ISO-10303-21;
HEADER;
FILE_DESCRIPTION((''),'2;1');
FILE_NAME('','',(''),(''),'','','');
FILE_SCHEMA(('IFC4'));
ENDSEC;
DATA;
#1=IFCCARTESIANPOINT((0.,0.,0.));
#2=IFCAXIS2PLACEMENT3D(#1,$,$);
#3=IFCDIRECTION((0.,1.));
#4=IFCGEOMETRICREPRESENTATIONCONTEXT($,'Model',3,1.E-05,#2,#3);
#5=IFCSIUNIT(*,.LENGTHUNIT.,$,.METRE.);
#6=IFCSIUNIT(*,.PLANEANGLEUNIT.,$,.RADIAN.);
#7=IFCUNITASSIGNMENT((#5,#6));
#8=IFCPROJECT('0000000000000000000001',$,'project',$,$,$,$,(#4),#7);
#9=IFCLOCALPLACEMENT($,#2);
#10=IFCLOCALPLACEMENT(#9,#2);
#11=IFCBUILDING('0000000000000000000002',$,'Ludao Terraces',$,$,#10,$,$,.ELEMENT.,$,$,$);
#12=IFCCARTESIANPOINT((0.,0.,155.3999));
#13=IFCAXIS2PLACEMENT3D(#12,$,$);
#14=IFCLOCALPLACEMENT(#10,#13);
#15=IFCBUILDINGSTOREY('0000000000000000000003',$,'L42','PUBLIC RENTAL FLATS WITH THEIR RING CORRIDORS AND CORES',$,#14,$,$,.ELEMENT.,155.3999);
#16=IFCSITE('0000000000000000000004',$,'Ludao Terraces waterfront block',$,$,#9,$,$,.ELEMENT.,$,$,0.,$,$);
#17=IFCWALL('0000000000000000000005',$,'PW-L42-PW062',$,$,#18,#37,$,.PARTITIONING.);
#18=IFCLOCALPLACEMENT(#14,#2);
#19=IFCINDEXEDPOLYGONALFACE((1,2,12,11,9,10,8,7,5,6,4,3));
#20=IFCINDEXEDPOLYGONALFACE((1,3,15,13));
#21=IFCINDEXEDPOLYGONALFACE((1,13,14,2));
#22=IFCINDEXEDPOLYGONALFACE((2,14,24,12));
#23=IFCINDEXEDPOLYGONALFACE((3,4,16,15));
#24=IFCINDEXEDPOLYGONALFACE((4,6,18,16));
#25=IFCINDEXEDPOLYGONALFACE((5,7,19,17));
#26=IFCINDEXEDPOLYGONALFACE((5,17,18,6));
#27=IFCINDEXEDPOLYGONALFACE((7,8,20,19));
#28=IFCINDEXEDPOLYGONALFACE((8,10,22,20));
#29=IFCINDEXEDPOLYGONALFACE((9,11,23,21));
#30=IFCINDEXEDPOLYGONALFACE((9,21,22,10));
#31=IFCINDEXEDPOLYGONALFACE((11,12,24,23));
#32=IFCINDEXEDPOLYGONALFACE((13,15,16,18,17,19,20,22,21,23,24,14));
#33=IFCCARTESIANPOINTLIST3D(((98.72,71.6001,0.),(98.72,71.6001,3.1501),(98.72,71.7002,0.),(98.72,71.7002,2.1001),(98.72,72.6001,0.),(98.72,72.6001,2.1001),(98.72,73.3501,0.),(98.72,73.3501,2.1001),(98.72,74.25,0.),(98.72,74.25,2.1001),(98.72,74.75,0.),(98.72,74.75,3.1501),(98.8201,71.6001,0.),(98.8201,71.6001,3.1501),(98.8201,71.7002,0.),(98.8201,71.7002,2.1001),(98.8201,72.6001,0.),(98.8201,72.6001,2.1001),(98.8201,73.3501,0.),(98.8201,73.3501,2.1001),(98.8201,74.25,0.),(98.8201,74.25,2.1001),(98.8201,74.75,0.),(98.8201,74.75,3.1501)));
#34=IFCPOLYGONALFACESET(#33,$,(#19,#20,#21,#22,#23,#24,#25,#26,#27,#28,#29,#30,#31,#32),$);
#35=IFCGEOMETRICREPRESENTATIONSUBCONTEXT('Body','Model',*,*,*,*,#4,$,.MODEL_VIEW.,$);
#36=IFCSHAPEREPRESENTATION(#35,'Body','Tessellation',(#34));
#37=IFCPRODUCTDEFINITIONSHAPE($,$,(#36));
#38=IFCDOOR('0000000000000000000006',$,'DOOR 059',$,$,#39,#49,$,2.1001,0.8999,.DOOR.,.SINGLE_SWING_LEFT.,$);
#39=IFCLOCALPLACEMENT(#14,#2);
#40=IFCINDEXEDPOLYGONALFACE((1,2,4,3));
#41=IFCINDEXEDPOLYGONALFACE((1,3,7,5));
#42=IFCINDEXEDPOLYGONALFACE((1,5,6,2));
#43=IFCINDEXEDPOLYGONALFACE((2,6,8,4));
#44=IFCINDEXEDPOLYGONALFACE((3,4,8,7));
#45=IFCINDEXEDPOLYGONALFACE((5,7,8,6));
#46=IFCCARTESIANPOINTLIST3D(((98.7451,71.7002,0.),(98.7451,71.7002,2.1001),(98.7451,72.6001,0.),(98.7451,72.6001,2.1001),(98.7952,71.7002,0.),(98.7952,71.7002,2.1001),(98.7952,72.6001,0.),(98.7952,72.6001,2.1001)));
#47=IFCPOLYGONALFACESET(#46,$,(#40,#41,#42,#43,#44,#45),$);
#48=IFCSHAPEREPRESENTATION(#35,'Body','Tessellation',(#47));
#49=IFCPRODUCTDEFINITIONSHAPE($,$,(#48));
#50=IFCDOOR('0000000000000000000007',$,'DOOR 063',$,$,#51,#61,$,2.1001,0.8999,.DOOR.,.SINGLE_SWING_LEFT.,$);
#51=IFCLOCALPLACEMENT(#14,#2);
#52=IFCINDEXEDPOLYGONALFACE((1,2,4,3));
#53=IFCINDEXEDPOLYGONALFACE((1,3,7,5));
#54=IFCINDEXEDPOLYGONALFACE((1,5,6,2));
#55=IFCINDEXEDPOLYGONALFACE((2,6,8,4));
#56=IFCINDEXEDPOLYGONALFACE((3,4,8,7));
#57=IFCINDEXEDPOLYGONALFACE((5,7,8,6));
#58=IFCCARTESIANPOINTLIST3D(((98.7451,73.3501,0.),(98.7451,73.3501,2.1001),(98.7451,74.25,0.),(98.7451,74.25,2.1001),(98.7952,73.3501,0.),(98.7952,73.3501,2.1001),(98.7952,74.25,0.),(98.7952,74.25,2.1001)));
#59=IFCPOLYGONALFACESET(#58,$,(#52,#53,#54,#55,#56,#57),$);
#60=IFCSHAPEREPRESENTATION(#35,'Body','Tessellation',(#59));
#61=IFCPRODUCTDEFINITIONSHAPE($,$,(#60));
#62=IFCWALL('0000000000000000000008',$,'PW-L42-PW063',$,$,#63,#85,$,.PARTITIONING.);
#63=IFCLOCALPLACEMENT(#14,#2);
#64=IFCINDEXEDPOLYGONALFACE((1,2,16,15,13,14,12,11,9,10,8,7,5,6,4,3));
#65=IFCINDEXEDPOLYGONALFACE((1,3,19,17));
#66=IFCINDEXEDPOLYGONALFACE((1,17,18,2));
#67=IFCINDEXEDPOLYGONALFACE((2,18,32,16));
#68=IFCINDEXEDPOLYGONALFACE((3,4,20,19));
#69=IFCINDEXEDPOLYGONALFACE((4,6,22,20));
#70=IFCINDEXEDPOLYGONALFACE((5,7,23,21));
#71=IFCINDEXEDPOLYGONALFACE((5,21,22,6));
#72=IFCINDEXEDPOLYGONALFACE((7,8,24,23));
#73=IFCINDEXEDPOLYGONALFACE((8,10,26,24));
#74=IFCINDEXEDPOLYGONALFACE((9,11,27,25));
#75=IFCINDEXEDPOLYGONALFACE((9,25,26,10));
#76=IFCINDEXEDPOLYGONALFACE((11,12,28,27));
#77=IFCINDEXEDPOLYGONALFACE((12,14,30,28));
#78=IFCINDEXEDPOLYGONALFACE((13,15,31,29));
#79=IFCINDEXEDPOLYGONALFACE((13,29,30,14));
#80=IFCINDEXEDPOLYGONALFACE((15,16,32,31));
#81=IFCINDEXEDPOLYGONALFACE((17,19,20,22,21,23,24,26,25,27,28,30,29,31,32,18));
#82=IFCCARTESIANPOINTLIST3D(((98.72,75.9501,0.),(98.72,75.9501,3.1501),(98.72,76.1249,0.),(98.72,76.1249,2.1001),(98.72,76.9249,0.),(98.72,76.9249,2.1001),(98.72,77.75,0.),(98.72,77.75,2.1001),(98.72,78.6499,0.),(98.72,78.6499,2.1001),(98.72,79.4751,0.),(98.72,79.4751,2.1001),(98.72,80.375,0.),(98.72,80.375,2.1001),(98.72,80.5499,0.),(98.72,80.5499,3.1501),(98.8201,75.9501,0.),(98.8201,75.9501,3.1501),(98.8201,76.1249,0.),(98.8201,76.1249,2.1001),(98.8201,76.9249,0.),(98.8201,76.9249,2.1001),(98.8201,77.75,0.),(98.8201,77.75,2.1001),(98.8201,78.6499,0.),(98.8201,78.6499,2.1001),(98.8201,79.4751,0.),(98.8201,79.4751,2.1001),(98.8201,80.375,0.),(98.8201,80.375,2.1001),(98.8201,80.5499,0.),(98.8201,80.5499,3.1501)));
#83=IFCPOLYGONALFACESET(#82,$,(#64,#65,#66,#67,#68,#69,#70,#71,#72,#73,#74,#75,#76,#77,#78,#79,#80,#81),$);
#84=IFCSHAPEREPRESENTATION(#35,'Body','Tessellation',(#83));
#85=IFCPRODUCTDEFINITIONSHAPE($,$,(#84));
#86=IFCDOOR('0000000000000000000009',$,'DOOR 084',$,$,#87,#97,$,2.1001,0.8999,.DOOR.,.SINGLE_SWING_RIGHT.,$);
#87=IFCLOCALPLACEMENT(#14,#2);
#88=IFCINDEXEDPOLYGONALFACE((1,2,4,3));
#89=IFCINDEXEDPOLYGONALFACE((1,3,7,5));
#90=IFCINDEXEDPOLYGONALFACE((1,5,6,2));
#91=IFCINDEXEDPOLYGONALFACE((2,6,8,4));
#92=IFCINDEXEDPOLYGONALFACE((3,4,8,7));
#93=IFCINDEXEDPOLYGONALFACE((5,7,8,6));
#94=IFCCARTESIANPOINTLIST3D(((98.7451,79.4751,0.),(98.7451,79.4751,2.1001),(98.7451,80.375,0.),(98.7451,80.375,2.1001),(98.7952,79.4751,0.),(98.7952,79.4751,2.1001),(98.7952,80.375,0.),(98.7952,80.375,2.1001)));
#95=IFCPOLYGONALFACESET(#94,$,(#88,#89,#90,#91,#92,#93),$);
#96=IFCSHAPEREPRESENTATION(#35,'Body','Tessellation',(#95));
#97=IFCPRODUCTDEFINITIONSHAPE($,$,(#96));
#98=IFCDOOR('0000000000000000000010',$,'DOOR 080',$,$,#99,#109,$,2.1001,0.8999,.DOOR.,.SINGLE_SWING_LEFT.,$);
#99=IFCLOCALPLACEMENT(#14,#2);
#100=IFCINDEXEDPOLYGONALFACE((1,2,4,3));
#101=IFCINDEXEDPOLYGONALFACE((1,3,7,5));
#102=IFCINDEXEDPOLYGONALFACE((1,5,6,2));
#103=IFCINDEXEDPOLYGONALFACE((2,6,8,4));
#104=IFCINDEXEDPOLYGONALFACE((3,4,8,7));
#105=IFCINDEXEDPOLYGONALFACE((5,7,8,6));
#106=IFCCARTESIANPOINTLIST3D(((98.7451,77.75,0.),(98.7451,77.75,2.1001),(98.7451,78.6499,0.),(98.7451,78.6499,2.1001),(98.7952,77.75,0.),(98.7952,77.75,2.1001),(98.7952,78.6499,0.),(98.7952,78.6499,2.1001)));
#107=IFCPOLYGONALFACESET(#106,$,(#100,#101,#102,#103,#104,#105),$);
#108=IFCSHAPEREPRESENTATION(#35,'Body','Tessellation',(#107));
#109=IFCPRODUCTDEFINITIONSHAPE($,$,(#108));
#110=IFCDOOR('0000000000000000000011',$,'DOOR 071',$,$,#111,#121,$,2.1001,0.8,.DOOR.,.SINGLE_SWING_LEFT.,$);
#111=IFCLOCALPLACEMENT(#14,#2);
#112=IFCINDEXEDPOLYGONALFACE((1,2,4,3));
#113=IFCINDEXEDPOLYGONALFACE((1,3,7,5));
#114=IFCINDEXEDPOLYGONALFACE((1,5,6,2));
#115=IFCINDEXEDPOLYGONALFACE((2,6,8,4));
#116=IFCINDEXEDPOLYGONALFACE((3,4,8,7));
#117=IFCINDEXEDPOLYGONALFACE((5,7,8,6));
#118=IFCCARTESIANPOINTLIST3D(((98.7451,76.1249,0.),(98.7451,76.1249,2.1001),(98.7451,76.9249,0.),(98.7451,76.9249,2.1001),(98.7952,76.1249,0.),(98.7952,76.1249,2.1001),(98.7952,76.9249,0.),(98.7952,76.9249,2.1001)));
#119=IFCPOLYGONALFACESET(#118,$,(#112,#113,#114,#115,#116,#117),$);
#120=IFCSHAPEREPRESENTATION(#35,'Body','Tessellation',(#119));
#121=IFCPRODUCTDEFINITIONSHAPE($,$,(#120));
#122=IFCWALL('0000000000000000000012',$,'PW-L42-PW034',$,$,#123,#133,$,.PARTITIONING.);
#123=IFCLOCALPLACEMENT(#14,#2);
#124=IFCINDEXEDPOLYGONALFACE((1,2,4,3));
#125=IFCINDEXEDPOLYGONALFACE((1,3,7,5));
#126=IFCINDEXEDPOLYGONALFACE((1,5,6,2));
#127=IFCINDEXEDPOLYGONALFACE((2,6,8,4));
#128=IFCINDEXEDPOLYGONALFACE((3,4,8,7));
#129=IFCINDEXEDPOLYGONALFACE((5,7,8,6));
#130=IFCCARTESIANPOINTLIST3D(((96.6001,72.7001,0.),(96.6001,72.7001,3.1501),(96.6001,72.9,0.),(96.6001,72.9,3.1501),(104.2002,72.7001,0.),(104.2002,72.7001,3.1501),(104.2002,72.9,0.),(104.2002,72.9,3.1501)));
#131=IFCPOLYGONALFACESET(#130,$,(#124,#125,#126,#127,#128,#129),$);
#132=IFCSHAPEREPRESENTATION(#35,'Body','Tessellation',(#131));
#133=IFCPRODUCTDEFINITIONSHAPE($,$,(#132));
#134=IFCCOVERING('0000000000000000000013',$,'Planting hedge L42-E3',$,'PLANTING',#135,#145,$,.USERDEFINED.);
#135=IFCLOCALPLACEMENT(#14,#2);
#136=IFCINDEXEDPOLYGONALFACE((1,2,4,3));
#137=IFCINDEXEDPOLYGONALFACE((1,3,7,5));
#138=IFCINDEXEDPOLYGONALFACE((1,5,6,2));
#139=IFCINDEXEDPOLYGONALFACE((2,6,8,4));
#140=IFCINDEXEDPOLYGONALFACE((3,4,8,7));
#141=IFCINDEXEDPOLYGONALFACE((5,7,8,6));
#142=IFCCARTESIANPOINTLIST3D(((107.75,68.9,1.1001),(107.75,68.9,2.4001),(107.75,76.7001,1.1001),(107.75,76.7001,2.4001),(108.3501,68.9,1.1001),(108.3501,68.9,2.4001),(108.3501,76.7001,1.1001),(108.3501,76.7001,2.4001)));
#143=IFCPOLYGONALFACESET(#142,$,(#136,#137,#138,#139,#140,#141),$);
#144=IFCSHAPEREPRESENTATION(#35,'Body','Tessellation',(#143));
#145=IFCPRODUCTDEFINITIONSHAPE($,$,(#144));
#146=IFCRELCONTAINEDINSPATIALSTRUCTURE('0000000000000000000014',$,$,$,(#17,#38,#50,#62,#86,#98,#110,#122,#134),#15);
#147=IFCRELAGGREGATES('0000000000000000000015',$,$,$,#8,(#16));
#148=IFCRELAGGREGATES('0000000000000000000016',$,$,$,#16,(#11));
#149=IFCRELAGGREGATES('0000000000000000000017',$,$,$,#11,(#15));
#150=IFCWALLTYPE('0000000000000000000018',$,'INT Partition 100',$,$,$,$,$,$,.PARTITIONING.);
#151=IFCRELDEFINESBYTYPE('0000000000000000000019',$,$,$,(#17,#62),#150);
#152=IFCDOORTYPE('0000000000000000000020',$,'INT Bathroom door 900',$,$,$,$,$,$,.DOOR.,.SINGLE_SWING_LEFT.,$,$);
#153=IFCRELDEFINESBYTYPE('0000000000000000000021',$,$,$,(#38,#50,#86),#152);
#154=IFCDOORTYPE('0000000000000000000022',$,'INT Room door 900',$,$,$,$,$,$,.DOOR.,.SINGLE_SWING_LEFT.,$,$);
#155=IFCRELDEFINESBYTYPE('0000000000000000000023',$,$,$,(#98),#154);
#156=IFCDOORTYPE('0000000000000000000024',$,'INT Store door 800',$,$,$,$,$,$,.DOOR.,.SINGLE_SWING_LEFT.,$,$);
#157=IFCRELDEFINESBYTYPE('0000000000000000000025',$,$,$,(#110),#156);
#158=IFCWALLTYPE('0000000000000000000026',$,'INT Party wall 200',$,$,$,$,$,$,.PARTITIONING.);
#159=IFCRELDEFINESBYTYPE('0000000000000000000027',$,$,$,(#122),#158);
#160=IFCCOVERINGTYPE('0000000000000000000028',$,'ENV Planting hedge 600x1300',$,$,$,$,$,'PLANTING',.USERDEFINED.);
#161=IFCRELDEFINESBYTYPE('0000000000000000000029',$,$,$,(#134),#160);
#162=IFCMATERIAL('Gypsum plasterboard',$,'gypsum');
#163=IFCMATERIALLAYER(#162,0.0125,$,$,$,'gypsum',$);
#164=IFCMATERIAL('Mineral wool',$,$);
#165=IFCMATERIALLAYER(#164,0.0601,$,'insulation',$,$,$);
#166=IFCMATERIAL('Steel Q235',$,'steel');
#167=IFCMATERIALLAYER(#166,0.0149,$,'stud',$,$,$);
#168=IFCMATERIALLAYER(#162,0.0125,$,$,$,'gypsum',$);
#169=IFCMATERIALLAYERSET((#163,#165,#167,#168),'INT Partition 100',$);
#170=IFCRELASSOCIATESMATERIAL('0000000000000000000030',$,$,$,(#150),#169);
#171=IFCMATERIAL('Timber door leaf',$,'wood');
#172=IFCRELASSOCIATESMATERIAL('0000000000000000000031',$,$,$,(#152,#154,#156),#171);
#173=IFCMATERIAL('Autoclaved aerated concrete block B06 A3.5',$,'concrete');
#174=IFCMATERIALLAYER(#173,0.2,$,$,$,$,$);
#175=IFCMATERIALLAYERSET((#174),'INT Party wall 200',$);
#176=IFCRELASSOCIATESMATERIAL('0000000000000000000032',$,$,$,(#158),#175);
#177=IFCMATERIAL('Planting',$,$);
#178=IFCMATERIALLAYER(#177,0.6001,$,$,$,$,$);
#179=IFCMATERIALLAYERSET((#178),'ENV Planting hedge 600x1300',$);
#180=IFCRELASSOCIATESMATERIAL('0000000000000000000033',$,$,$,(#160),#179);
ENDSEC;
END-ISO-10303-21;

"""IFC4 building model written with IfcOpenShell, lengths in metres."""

from ifc_helpers import new_model, si_unit, direction, frame, frame_2d, origin, origin_2d, place, context, subcontext, project, spatial, rectangle, extrude, material, layer, layer_set, type_object, element, fill, save


model = new_model("IFC4")

# Units and contexts
model_context = context("Model", 3, precision=1e-05, world=origin(), true_north=direction((0.0, 1.0)))
body_context = subcontext(model_context, "Body", "Model", "MODEL_VIEW")
ifc_project = project(units=[si_unit("LENGTHUNIT", "METRE"), si_unit("PLANEANGLEUNIT", "RADIAN")], contexts=[model_context])

# Site, building, storey
site_placement = place(None, origin())
site = spatial("IfcSite", under=ifc_project, at=site_placement, Name="Ludao Terraces waterfront block", CompositionType="ELEMENT", RefElevation=0.0)
building_placement = place(site_placement, origin())
building = spatial("IfcBuilding", under=site, at=building_placement, Name="Ludao Terraces", CompositionType="ELEMENT")
storey_placement = place(building_placement, frame((0.0, 0.0, 155.3999)))
storey = spatial("IfcBuildingStorey", under=building, at=storey_placement, Name="L42", Description="PUBLIC RENTAL FLATS WITH THEIR RING CORRIDORS AND CORES", CompositionType="ELEMENT", Elevation=155.3999)

# Shared definitions
ifc_material_1 = material(Name="Mineral wool")

# Shared definitions
ifc_material_2 = material(Name="Gypsum plasterboard", Category="gypsum")
ifc_layer_1 = layer(ifc_material_2, 0.0125, Category="gypsum")
ifc_layer_2 = layer(ifc_material_1, 0.0601, Name="insulation")
ifc_material_3 = material(Name="Steel Q235", Category="steel")
ifc_layer_3 = layer(ifc_material_3, 0.0149, Name="stud")
ifc_layer_4 = layer(ifc_material_2, 0.0125, Category="gypsum")
ifc_layer_set_1 = layer_set([ifc_layer_1, ifc_layer_2, ifc_layer_3, ifc_layer_4], Name="INT Partition 100")
wall_type_1 = type_object("IfcWallType", Name="INT Partition 100", PredefinedType="PARTITIONING", material=ifc_layer_set_1)

# Walls, openings, doors
wall_1_placement = place(storey_placement, frame((98.77, 71.6001, 0.0), z_axis=(0.0, 0.0, 1.0), x_axis=(0.0, 1.0, 0.0)))
wall_1 = element("IfcWall", 1, at=wall_1_placement, inside=storey, type_object=wall_type_1, Name="PW-L42-PW062", PredefinedType="PARTITIONING", context=body_context, shape_type="SweptSolid", body=[
    extrude(rectangle(XDim=3.1499, YDim=0.1001, at=frame_2d((1.575, 0.0))), origin(), (0.0, 0.0, 1.0), 3.1501),
])
opening_1_placement = place(wall_1_placement, frame((0.1001, 0.0, 0.0)))
opening_1 = element("IfcOpeningElement", 2, at=opening_1_placement, cuts=wall_1, PredefinedType="OPENING", context=body_context, shape_type="SweptSolid", body=[
    extrude(rectangle(XDim=0.8999, YDim=2.1001, at=frame_2d((0.45, 1.05))), frame((0.0, 0.0601, 0.0), z_axis=(0.0, -1.0, 0.0), x_axis=(1.0, 0.0, 0.0)), (0.0, 0.0, 1.0), 0.1201),
])
opening_2_placement = place(wall_1_placement, frame((1.75, 0.0, 0.0)))
opening_2 = element("IfcOpeningElement", 3, at=opening_2_placement, cuts=wall_1, PredefinedType="OPENING", context=body_context, shape_type="SweptSolid", body=[
    extrude(rectangle(XDim=0.8999, YDim=2.1001, at=frame_2d((0.45, 1.05))), frame((0.0, 0.0601, 0.0), z_axis=(0.0, -1.0, 0.0), x_axis=(1.0, 0.0, 0.0)), (0.0, 0.0, 1.0), 0.1201),
])
ifc_material_4 = material(Name="Timber door leaf", Category="wood")
door_type_1 = type_object("IfcDoorType", Name="INT Bathroom door 900", OperationType="SINGLE_SWING_LEFT", PredefinedType="DOOR", material=ifc_material_4)
door_1_placement = place(opening_1_placement, origin())
door_1 = element("IfcDoor", 4, at=door_1_placement, inside=storey, type_object=door_type_1, Name="DOOR 059", OperationType="SINGLE_SWING_LEFT", OverallHeight=2.1001, OverallWidth=0.8999, PredefinedType="DOOR", context=body_context, shape_type="SweptSolid", body=[
    extrude(rectangle(XDim=0.8999, YDim=2.1001, at=frame_2d((0.45, 1.05))), frame((0.0, 0.0249, 0.0), z_axis=(0.0, -1.0, 0.0), x_axis=(1.0, 0.0, 0.0)), (0.0, 0.0, 1.0), 0.05),
])
fill(opening_1, door_1)
door_2_placement = place(opening_2_placement, origin())
door_2 = element("IfcDoor", 5, at=door_2_placement, inside=storey, type_object=door_type_1, Name="DOOR 063", OperationType="SINGLE_SWING_LEFT", OverallHeight=2.1001, OverallWidth=0.8999, PredefinedType="DOOR", context=body_context, shape_type="SweptSolid", body=[
    extrude(rectangle(XDim=0.8999, YDim=2.1001, at=frame_2d((0.45, 1.05))), frame((0.0, 0.0249, 0.0), z_axis=(0.0, -1.0, 0.0), x_axis=(1.0, 0.0, 0.0)), (0.0, 0.0, 1.0), 0.05),
])
fill(opening_2, door_2)
wall_2_placement = place(storey_placement, frame((98.77, 75.9502, 0.0), z_axis=(0.0, 0.0, 1.0), x_axis=(0.0, 1.0, 0.0)))
wall_2 = element("IfcWall", 6, at=wall_2_placement, inside=storey, type_object=wall_type_1, Name="PW-L42-PW063", PredefinedType="PARTITIONING", context=body_context, shape_type="SweptSolid", body=[
    extrude(rectangle(XDim=4.5999, YDim=0.1001, at=frame_2d((2.2998, 0.0))), origin(), (0.0, 0.0, 1.0), 3.1501),
])
opening_3_placement = place(wall_2_placement, frame((0.1748, 0.0, 0.0)))
opening_3 = element("IfcOpeningElement", 7, at=opening_3_placement, cuts=wall_2, PredefinedType="OPENING", context=body_context, shape_type="SweptSolid", body=[
    extrude(rectangle(XDim=0.8, YDim=2.1001, at=frame_2d((0.3999, 1.05))), frame((0.0, 0.0601, 0.0), z_axis=(0.0, -1.0, 0.0), x_axis=(1.0, 0.0, 0.0)), (0.0, 0.0, 1.0), 0.1201),
])
opening_4_placement = place(wall_2_placement, frame((1.7998, 0.0, 0.0)))
opening_4 = element("IfcOpeningElement", 8, at=opening_4_placement, cuts=wall_2, PredefinedType="OPENING", context=body_context, shape_type="SweptSolid", body=[
    extrude(rectangle(XDim=0.8999, YDim=2.1001, at=frame_2d((0.45, 1.05))), frame((0.0, 0.0601, 0.0), z_axis=(0.0, -1.0, 0.0), x_axis=(1.0, 0.0, 0.0)), (0.0, 0.0, 1.0), 0.1201),
])
opening_5_placement = place(wall_2_placement, frame((3.5249, 0.0, 0.0)))
opening_5 = element("IfcOpeningElement", 9, at=opening_5_placement, cuts=wall_2, PredefinedType="OPENING", context=body_context, shape_type="SweptSolid", body=[
    extrude(rectangle(XDim=0.8999, YDim=2.1001, at=frame_2d((0.45, 1.05))), frame((0.0, 0.0601, 0.0), z_axis=(0.0, -1.0, 0.0), x_axis=(1.0, 0.0, 0.0)), (0.0, 0.0, 1.0), 0.1201),
])
door_3_placement = place(opening_5_placement, origin())
door_3 = element("IfcDoor", 10, at=door_3_placement, inside=storey, type_object=door_type_1, Name="DOOR 084", OperationType="SINGLE_SWING_RIGHT", OverallHeight=2.1001, OverallWidth=0.8999, PredefinedType="DOOR", context=body_context, shape_type="SweptSolid", body=[
    extrude(rectangle(XDim=0.8999, YDim=2.1001, at=frame_2d((0.45, 1.05))), frame((0.0, 0.0249, 0.0), z_axis=(0.0, -1.0, 0.0), x_axis=(1.0, 0.0, 0.0)), (0.0, 0.0, 1.0), 0.05),
])
fill(opening_5, door_3)
door_type_2 = type_object("IfcDoorType", Name="INT Room door 900", OperationType="SINGLE_SWING_LEFT", PredefinedType="DOOR", material=ifc_material_4)
door_4_placement = place(opening_4_placement, origin())
door_4 = element("IfcDoor", 11, at=door_4_placement, inside=storey, type_object=door_type_2, Name="DOOR 080", OperationType="SINGLE_SWING_LEFT", OverallHeight=2.1001, OverallWidth=0.8999, PredefinedType="DOOR", context=body_context, shape_type="SweptSolid", body=[
    extrude(rectangle(XDim=0.8999, YDim=2.1001, at=frame_2d((0.45, 1.05))), frame((0.0, 0.0249, 0.0), z_axis=(0.0, -1.0, 0.0), x_axis=(1.0, 0.0, 0.0)), (0.0, 0.0, 1.0), 0.05),
])
fill(opening_4, door_4)
door_type_3 = type_object("IfcDoorType", Name="INT Store door 800", OperationType="SINGLE_SWING_LEFT", PredefinedType="DOOR", material=ifc_material_4)
door_5_placement = place(opening_3_placement, origin())
door_5 = element("IfcDoor", 12, at=door_5_placement, inside=storey, type_object=door_type_3, Name="DOOR 071", OperationType="SINGLE_SWING_LEFT", OverallHeight=2.1001, OverallWidth=0.8, PredefinedType="DOOR", context=body_context, shape_type="SweptSolid", body=[
    extrude(rectangle(XDim=0.8, YDim=2.1001, at=frame_2d((0.3999, 1.05))), frame((0.0, 0.0249, 0.0), z_axis=(0.0, -1.0, 0.0), x_axis=(1.0, 0.0, 0.0)), (0.0, 0.0, 1.0), 0.05),
])
fill(opening_3, door_5)

# Wall
ifc_material_5 = material(Name="Autoclaved aerated concrete block B06 A3.5", Category="concrete")
ifc_layer_5 = layer(ifc_material_5, 0.2)
ifc_layer_set_2 = layer_set([ifc_layer_5], Name="INT Party wall 200")
wall_type_2 = type_object("IfcWallType", Name="INT Party wall 200", PredefinedType="PARTITIONING", material=ifc_layer_set_2)
wall_3_placement = place(storey_placement, frame((96.6001, 72.8, 0.0), z_axis=(0.0, 0.0, 1.0), x_axis=(1.0, 0.0, 0.0)))
element("IfcWall", 13, at=wall_3_placement, inside=storey, type_object=wall_type_2, Name="PW-L42-PW034", PredefinedType="PARTITIONING", context=body_context, shape_type="SweptSolid", body=[
    extrude(rectangle(XDim=7.6001, YDim=0.2, at=frame_2d((3.8, 0.0))), origin(), (0.0, 0.0, 1.0), 3.1501),
])

# Covering
ifc_material_6 = material(Name="Planting")
ifc_layer_6 = layer(ifc_material_6, 0.6001)
ifc_layer_set_3 = layer_set([ifc_layer_6], Name="ENV Planting hedge 600x1300")
covering_type = type_object("IfcCoveringType", Name="ENV Planting hedge 600x1300", ElementType="PLANTING", PredefinedType="USERDEFINED", material=ifc_layer_set_3)
covering_placement = place(storey_placement, frame((108.05, 72.8, 1.1001), z_axis=(0.0, 0.0, 1.0), x_axis=(1.0, 0.0, 0.0)))
element("IfcCovering", 14, at=covering_placement, inside=storey, type_object=covering_type, Name="Planting hedge L42-E3", ObjectType="PLANTING", PredefinedType="USERDEFINED", context=body_context, shape_type="SweptSolid", body=[
    extrude(rectangle(XDim=0.6001, YDim=7.8, at=origin_2d()), origin(), (0.0, 0.0, 1.0), 1.3),
])

save(model, "model.ifc")
